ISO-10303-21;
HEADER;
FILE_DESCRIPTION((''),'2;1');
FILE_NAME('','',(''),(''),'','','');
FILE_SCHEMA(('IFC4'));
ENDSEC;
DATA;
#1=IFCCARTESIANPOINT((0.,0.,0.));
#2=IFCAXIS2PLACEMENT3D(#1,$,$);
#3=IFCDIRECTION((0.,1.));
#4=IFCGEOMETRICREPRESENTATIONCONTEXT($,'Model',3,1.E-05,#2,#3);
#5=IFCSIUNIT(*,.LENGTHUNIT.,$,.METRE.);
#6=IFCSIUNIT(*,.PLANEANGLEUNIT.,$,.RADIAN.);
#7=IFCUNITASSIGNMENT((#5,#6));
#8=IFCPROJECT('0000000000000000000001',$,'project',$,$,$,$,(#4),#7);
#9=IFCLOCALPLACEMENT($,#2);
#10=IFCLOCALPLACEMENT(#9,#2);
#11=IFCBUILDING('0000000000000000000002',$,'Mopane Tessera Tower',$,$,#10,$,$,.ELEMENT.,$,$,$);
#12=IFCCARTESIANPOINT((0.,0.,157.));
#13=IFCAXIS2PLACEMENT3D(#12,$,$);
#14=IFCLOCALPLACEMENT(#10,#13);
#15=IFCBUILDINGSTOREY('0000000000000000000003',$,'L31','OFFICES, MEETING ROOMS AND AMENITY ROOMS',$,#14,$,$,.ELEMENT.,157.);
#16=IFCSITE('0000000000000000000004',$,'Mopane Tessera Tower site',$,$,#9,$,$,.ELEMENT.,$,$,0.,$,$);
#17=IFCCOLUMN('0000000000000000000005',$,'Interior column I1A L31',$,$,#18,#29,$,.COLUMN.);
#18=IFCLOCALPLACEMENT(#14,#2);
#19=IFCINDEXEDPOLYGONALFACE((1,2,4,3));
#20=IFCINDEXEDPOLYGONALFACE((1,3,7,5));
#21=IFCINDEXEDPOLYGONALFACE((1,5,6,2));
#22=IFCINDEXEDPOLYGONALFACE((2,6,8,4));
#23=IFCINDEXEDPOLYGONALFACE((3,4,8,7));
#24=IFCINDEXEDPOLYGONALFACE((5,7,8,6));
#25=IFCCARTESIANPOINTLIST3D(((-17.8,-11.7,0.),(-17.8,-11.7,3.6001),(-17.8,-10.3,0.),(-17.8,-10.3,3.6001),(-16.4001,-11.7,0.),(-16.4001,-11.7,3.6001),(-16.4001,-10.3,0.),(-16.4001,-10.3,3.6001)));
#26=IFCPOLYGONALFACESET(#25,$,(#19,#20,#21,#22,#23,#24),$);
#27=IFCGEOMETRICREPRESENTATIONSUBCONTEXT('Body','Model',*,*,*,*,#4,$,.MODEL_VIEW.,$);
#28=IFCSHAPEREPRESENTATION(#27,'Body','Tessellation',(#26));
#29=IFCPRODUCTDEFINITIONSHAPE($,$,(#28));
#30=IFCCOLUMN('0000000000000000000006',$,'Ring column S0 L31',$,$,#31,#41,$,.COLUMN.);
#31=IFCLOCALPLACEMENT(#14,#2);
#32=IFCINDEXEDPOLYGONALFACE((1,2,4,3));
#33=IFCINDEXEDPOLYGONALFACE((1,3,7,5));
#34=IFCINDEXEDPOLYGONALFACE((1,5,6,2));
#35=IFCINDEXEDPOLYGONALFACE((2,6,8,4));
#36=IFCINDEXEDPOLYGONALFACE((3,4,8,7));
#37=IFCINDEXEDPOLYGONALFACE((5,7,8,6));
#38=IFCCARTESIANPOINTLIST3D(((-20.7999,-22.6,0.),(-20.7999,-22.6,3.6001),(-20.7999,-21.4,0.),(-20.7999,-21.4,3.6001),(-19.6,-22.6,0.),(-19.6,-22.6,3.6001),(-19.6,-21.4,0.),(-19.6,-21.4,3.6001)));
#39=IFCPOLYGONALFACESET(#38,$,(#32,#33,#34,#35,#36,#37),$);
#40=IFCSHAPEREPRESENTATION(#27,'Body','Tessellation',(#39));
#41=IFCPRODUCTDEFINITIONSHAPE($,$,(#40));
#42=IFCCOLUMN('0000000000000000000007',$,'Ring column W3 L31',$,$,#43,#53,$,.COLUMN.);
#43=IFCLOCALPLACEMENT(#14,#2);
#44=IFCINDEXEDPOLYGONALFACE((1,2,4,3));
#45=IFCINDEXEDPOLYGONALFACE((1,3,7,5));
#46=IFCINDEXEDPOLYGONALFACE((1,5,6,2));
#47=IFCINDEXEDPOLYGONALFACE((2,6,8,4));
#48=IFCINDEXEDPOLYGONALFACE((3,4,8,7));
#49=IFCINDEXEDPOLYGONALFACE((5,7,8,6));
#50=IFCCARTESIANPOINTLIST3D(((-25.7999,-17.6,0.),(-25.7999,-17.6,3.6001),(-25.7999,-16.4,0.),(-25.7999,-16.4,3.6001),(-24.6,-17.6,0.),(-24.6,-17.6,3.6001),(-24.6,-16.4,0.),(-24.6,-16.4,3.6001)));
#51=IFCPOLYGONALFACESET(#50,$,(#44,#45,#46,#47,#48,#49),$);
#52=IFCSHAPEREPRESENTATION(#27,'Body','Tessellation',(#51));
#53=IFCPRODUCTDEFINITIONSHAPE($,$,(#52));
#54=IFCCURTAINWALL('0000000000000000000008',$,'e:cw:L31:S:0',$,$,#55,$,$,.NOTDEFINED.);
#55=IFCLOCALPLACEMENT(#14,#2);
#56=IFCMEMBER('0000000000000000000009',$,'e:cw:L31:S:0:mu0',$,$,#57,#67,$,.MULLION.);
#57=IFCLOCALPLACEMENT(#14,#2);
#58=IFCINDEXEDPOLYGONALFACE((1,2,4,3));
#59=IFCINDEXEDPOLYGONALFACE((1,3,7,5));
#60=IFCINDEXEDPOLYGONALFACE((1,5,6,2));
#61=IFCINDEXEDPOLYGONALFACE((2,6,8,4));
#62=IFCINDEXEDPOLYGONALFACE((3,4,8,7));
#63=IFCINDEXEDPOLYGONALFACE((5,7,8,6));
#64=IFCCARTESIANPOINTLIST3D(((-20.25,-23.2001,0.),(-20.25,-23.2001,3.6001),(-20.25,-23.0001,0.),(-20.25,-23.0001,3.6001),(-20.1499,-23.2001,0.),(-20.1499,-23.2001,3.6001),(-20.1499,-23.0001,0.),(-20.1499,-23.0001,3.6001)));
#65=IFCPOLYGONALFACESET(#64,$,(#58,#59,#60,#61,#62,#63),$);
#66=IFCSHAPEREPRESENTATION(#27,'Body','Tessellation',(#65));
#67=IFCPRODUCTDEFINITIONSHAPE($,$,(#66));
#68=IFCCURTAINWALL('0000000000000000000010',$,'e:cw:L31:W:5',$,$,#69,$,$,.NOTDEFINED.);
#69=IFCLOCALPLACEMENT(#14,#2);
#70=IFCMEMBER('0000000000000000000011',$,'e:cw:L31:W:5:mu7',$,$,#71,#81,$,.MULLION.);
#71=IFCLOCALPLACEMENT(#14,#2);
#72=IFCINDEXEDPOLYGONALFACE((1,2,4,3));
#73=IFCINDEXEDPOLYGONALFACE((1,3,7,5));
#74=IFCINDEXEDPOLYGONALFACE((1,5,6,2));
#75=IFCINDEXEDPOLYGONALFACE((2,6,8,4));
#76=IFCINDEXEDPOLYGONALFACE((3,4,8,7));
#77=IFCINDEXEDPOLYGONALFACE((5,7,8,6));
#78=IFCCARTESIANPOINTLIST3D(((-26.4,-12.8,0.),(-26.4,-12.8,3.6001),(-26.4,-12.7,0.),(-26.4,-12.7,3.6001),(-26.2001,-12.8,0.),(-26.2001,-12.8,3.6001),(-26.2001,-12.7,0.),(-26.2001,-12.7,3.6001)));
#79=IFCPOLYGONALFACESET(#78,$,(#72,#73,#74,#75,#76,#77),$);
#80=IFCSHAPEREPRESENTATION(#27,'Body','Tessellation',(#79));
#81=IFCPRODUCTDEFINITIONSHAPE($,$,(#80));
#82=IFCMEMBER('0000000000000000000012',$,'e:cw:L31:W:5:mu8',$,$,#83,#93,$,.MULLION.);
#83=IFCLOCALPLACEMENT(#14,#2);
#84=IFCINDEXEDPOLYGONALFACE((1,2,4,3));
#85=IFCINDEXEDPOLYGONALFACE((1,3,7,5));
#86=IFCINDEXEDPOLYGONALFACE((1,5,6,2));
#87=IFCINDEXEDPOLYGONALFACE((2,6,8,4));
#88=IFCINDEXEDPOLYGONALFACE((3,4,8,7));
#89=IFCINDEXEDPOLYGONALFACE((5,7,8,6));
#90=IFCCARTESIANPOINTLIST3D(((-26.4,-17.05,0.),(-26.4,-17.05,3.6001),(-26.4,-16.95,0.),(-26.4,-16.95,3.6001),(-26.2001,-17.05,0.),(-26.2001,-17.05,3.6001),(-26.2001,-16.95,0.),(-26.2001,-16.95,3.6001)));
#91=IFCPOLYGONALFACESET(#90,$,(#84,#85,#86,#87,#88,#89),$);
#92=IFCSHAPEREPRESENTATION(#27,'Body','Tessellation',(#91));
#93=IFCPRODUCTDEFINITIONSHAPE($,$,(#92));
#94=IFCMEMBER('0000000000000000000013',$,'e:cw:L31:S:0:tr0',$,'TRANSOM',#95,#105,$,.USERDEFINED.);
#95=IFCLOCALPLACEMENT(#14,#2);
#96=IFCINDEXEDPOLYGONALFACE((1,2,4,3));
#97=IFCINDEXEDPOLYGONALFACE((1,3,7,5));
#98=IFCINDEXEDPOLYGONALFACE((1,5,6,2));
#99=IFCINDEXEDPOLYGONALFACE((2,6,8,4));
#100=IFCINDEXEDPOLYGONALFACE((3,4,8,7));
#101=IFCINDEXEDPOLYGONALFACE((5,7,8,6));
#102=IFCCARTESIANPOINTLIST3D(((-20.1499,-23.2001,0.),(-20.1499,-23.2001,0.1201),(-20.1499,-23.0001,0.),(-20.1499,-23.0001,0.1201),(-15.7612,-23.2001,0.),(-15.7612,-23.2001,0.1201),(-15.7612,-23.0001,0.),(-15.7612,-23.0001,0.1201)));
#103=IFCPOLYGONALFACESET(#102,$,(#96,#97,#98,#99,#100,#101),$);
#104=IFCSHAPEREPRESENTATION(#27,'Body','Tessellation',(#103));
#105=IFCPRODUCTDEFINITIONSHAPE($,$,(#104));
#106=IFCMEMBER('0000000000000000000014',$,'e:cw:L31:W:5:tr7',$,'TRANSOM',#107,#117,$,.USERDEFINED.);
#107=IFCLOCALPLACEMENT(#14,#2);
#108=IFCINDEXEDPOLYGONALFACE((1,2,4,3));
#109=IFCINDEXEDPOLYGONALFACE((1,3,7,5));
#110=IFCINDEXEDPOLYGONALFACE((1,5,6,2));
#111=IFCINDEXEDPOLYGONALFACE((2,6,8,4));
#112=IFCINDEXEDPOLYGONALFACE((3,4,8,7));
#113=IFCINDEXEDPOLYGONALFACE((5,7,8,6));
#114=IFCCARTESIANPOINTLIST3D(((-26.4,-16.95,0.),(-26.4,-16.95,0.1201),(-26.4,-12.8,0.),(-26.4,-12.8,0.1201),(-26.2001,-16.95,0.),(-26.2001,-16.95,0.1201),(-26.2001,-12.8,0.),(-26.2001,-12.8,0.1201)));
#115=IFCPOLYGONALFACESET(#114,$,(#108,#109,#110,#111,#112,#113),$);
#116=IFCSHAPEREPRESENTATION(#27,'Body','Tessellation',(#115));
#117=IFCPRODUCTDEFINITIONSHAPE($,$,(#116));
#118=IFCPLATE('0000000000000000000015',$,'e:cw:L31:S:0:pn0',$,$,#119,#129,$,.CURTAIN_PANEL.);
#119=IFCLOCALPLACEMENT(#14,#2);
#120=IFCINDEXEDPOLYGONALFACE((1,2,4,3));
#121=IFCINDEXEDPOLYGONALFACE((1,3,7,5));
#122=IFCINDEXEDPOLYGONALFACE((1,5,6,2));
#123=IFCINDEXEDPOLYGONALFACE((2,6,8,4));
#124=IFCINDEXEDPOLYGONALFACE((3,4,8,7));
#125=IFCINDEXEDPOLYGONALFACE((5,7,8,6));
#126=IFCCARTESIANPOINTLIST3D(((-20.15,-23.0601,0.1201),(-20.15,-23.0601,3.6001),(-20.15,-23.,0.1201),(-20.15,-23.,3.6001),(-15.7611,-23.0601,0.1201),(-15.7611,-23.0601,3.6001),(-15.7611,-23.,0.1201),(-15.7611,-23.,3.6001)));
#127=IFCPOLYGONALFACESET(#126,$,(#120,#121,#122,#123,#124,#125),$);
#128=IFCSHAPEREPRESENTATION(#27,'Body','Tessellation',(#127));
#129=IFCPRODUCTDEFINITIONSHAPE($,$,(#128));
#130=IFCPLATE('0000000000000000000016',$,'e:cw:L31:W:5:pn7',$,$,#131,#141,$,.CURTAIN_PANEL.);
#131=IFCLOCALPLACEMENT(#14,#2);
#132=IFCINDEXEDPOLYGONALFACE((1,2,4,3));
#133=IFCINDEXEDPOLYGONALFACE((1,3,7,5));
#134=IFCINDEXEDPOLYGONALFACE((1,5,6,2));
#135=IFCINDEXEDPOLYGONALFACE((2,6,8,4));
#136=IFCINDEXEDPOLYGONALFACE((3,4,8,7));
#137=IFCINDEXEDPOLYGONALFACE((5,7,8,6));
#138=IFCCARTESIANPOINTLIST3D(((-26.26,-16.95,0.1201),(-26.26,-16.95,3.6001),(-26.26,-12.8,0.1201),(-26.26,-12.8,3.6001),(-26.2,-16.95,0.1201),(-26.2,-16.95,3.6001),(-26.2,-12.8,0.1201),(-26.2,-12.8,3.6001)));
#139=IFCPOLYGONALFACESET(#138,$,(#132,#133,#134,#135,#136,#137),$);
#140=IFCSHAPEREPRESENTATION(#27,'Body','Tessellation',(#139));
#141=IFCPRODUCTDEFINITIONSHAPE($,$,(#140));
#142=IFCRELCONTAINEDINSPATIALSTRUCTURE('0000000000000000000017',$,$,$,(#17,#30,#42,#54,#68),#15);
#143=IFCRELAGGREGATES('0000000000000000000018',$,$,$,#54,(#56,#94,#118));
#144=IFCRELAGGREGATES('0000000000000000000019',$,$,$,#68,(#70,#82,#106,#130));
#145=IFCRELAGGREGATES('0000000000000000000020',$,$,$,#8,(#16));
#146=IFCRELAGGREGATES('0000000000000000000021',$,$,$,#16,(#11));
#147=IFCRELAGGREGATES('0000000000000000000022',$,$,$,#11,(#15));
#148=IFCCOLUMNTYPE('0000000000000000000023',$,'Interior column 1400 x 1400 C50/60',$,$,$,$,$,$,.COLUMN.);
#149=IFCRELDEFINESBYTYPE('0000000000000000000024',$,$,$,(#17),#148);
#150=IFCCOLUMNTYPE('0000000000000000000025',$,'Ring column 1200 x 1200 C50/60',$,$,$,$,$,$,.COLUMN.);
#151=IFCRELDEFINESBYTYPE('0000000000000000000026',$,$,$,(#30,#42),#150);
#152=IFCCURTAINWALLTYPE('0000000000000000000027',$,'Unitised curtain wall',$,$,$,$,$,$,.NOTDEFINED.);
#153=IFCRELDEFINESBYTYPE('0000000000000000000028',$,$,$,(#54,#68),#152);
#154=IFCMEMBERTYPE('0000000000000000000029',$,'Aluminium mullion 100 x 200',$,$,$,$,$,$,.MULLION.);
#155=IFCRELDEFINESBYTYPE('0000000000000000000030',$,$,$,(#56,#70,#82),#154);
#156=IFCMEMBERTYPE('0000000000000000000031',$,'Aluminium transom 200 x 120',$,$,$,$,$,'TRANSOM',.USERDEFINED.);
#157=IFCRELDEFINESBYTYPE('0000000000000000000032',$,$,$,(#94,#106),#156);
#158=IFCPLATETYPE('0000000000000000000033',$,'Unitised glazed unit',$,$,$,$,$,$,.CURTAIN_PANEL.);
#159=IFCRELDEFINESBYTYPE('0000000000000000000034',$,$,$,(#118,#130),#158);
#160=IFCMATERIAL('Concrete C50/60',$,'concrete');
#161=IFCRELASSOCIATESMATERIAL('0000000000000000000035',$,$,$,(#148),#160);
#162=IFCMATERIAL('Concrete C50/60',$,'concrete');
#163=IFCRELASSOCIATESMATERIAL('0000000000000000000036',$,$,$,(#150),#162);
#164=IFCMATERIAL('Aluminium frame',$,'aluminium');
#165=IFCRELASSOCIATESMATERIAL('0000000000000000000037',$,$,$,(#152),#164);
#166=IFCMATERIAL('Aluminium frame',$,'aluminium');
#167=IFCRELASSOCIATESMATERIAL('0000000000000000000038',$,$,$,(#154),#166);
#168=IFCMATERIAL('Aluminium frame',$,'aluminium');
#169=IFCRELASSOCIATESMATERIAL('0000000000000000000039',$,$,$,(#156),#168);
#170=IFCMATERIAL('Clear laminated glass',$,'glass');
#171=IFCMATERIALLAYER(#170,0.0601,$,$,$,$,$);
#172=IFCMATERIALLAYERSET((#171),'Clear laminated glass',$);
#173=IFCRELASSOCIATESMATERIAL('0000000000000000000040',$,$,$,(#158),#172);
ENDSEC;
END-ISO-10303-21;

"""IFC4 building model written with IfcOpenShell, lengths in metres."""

from ifc_helpers import new_model, si_unit, direction, frame, origin, origin_2d, place, context, subcontext, project, spatial, rectangle, extrude, material, layer, layer_set, material_profile, profile_set, type_object, element, aggregate, save


model = new_model("IFC4")

# Units and contexts
model_context = context("Model", 3, precision=1e-05, world=origin(), true_north=direction((0.0, 1.0)))
body_context = subcontext(model_context, "Body", "Model", "MODEL_VIEW")
ifc_project = project(units=[si_unit("LENGTHUNIT", "METRE"), si_unit("PLANEANGLEUNIT", "RADIAN")], contexts=[model_context])

# Site, building, storey
site_placement = place(None, origin())
site = spatial("IfcSite", under=ifc_project, at=site_placement, Name="Mopane Tessera Tower site", CompositionType="ELEMENT", RefElevation=0.0)
building_placement = place(site_placement, origin())
building = spatial("IfcBuilding", under=site, at=building_placement, Name="Mopane Tessera Tower", CompositionType="ELEMENT")
storey_placement = place(building_placement, frame((0.0, 0.0, 157.0)))
storey = spatial("IfcBuildingStorey", under=building, at=storey_placement, Name="L31", Description="OFFICES, MEETING ROOMS AND AMENITY ROOMS", CompositionType="ELEMENT", Elevation=157.0)

# Columns
ifc_material_1 = material(Name="Concrete C50/60", Category="concrete")
ifc_material_profile_1 = material_profile(ifc_material_1, rectangle(XDim=1.3999, YDim=1.3999, at=origin_2d()))
ifc_profile_set_1 = profile_set([ifc_material_profile_1], Name="Concrete C50/60")
column_type_1 = type_object("IfcColumnType", Name="Interior column 1400 x 1400 C50/60", PredefinedType="COLUMN", material=ifc_profile_set_1)
column_placement = place(storey_placement, frame((-17.1001, -11.0, 0.0), z_axis=(0.0, 0.0, 1.0), x_axis=(1.0, 0.0, 0.0)))
element("IfcColumn", 1, at=column_placement, inside=storey, type_object=column_type_1, Name="Interior column I1A L31", PredefinedType="COLUMN", context=body_context, shape_type="SweptSolid", body=[
    extrude(rectangle(XDim=1.3999, YDim=1.3999, at=origin_2d()), origin(), (0.0, 0.0, 1.0), 3.6001),
])
ifc_material_2 = material(Name="Concrete C50/60", Category="concrete")
ifc_material_profile_2 = material_profile(ifc_material_2, rectangle(XDim=1.2, YDim=1.2, at=origin_2d()))
ifc_profile_set_2 = profile_set([ifc_material_profile_2], Name="Concrete C50/60")
column_type_2 = type_object("IfcColumnType", Name="Ring column 1200 x 1200 C50/60", PredefinedType="COLUMN", material=ifc_profile_set_2)
for number, where, z_axis, x_axis, name in (
    (2, (-20.2, -22.0, 0.0), (0.0, 0.0, 1.0), (1.0, 0.0, 0.0), "Ring column S0 L31"),
    (3, (-25.2, -17.0, 0.0), (0.0, 0.0, 1.0), (1.0, 0.0, 0.0), "Ring column W3 L31"),
):
    element("IfcColumn", number, at=place(storey_placement, frame(where, z_axis=z_axis, x_axis=x_axis)), inside=storey, type_object=column_type_2, Name=name, PredefinedType="COLUMN", context=body_context, shape_type="SweptSolid", body=[
        extrude(rectangle(XDim=1.2, YDim=1.2, at=origin_2d()), origin(), (0.0, 0.0, 1.0), 3.6001),
    ])

# Curtain wall, member
ifc_material_3 = material(Name="Aluminium frame", Category="aluminium")
curtain_wall_type = type_object("IfcCurtainWallType", Name="Unitised curtain wall", PredefinedType="NOTDEFINED", material=ifc_material_3)
curtain_wall_1_placement = place(storey_placement, origin())
curtain_wall_1 = element("IfcCurtainWall", 4, at=curtain_wall_1_placement, inside=storey, type_object=curtain_wall_type, Name="e:cw:L31:S:0", PredefinedType="NOTDEFINED")
ifc_material_4 = material(Name="Aluminium frame", Category="aluminium")
ifc_material_profile_3 = material_profile(ifc_material_4, rectangle(XDim=0.1001, YDim=0.2, at=origin_2d()))
ifc_profile_set_3 = profile_set([ifc_material_profile_3], Name="Aluminium frame")
member_type_1 = type_object("IfcMemberType", Name="Aluminium mullion 100 x 200", PredefinedType="MULLION", material=ifc_profile_set_3)
member_1_placement = place(storey_placement, frame((-20.2, -23.1001, 0.0), z_axis=(0.0, 0.0, 1.0), x_axis=(1.0, 0.0, 0.0)))
member_1 = element("IfcMember", 5, at=member_1_placement, type_object=member_type_1, Name="e:cw:L31:S:0:mu0", PredefinedType="MULLION", context=body_context, shape_type="SweptSolid", body=[
    extrude(rectangle(XDim=0.1001, YDim=0.2, at=origin_2d()), origin(), (0.0, 0.0, 1.0), 3.6001),
])

# Curtain wall, members
curtain_wall_2_placement = place(storey_placement, origin())
curtain_wall_2 = element("IfcCurtainWall", 6, at=curtain_wall_2_placement, inside=storey, type_object=curtain_wall_type, Name="e:cw:L31:W:5", PredefinedType="NOTDEFINED")
member_2_placement = place(storey_placement, frame((-26.3, -12.75, 0.0), z_axis=(0.0, 0.0, 1.0), x_axis=(0.0, -1.0, 0.0)))
member_2 = element("IfcMember", 7, at=member_2_placement, type_object=member_type_1, Name="e:cw:L31:W:5:mu7", PredefinedType="MULLION", context=body_context, shape_type="SweptSolid", body=[
    extrude(rectangle(XDim=0.1001, YDim=0.2, at=origin_2d()), origin(), (0.0, 0.0, 1.0), 3.6001),
])
member_3_placement = place(storey_placement, frame((-26.3, -17.0, 0.0), z_axis=(0.0, 0.0, 1.0), x_axis=(0.0, -1.0, 0.0)))
member_3 = element("IfcMember", 8, at=member_3_placement, type_object=member_type_1, Name="e:cw:L31:W:5:mu8", PredefinedType="MULLION", context=body_context, shape_type="SweptSolid", body=[
    extrude(rectangle(XDim=0.1001, YDim=0.2, at=origin_2d()), origin(), (0.0, 0.0, 1.0), 3.6001),
])

# Members
ifc_material_5 = material(Name="Aluminium frame", Category="aluminium")
ifc_material_profile_4 = material_profile(ifc_material_5, rectangle(XDim=0.2, YDim=0.1201, at=origin_2d()))
ifc_profile_set_4 = profile_set([ifc_material_profile_4], Name="Aluminium frame")
member_type_2 = type_object("IfcMemberType", Name="Aluminium transom 200 x 120", ElementType="TRANSOM", PredefinedType="USERDEFINED", material=ifc_profile_set_4)
member_4_placement = place(storey_placement, frame((-20.1499, -23.1001, 0.0601), z_axis=(1.0, 0.0, 0.0), x_axis=(0.0, 1.0, 0.0)))
member_4 = element("IfcMember", 9, at=member_4_placement, type_object=member_type_2, Name="e:cw:L31:S:0:tr0", ObjectType="TRANSOM", PredefinedType="USERDEFINED", context=body_context, shape_type="SweptSolid", body=[
    extrude(rectangle(XDim=0.2, YDim=0.1201, at=origin_2d()), origin(), (0.0, 0.0, 1.0), 4.3887),
])
member_5_placement = place(storey_placement, frame((-26.3, -12.8, 0.0601), z_axis=(0.0, -1.0, 0.0), x_axis=(1.0, 0.0, 0.0)))
member_5 = element("IfcMember", 10, at=member_5_placement, type_object=member_type_2, Name="e:cw:L31:W:5:tr7", ObjectType="TRANSOM", PredefinedType="USERDEFINED", context=body_context, shape_type="SweptSolid", body=[
    extrude(rectangle(XDim=0.2, YDim=0.1201, at=origin_2d()), origin(), (0.0, 0.0, 1.0), 4.1499),
])

# Plates
ifc_material_6 = material(Name="Clear laminated glass", Category="glass")
ifc_layer_1 = layer(ifc_material_6, 0.0601)
ifc_layer_set_1 = layer_set([ifc_layer_1], Name="Clear laminated glass")
plate_type = type_object("IfcPlateType", Name="Unitised glazed unit", PredefinedType="CURTAIN_PANEL", material=ifc_layer_set_1)
plate_1_placement = place(storey_placement, frame((-17.9556, -23.03, 0.1201), z_axis=(0.0, 0.0, 1.0), x_axis=(1.0, 0.0, 0.0)))
plate_1 = element("IfcPlate", 11, at=plate_1_placement, type_object=plate_type, Name="e:cw:L31:S:0:pn0", PredefinedType="CURTAIN_PANEL", context=body_context, shape_type="SweptSolid", body=[
    extrude(rectangle(XDim=4.3889, YDim=0.0601, at=origin_2d()), origin(), (0.0, 0.0, 1.0), 3.48),
])
aggregate(curtain_wall_1, [member_1, member_4, plate_1])
plate_2_placement = place(storey_placement, frame((-26.23, -14.875, 0.1201), z_axis=(0.0, 0.0, 1.0), x_axis=(0.0, -1.0, 0.0)))
plate_2 = element("IfcPlate", 12, at=plate_2_placement, type_object=plate_type, Name="e:cw:L31:W:5:pn7", PredefinedType="CURTAIN_PANEL", context=body_context, shape_type="SweptSolid", body=[
    extrude(rectangle(XDim=4.1499, YDim=0.0601, at=origin_2d()), origin(), (0.0, 0.0, 1.0), 3.48),
])
aggregate(curtain_wall_2, [member_2, member_3, member_5, plate_2])

save(model, "model.ifc")
